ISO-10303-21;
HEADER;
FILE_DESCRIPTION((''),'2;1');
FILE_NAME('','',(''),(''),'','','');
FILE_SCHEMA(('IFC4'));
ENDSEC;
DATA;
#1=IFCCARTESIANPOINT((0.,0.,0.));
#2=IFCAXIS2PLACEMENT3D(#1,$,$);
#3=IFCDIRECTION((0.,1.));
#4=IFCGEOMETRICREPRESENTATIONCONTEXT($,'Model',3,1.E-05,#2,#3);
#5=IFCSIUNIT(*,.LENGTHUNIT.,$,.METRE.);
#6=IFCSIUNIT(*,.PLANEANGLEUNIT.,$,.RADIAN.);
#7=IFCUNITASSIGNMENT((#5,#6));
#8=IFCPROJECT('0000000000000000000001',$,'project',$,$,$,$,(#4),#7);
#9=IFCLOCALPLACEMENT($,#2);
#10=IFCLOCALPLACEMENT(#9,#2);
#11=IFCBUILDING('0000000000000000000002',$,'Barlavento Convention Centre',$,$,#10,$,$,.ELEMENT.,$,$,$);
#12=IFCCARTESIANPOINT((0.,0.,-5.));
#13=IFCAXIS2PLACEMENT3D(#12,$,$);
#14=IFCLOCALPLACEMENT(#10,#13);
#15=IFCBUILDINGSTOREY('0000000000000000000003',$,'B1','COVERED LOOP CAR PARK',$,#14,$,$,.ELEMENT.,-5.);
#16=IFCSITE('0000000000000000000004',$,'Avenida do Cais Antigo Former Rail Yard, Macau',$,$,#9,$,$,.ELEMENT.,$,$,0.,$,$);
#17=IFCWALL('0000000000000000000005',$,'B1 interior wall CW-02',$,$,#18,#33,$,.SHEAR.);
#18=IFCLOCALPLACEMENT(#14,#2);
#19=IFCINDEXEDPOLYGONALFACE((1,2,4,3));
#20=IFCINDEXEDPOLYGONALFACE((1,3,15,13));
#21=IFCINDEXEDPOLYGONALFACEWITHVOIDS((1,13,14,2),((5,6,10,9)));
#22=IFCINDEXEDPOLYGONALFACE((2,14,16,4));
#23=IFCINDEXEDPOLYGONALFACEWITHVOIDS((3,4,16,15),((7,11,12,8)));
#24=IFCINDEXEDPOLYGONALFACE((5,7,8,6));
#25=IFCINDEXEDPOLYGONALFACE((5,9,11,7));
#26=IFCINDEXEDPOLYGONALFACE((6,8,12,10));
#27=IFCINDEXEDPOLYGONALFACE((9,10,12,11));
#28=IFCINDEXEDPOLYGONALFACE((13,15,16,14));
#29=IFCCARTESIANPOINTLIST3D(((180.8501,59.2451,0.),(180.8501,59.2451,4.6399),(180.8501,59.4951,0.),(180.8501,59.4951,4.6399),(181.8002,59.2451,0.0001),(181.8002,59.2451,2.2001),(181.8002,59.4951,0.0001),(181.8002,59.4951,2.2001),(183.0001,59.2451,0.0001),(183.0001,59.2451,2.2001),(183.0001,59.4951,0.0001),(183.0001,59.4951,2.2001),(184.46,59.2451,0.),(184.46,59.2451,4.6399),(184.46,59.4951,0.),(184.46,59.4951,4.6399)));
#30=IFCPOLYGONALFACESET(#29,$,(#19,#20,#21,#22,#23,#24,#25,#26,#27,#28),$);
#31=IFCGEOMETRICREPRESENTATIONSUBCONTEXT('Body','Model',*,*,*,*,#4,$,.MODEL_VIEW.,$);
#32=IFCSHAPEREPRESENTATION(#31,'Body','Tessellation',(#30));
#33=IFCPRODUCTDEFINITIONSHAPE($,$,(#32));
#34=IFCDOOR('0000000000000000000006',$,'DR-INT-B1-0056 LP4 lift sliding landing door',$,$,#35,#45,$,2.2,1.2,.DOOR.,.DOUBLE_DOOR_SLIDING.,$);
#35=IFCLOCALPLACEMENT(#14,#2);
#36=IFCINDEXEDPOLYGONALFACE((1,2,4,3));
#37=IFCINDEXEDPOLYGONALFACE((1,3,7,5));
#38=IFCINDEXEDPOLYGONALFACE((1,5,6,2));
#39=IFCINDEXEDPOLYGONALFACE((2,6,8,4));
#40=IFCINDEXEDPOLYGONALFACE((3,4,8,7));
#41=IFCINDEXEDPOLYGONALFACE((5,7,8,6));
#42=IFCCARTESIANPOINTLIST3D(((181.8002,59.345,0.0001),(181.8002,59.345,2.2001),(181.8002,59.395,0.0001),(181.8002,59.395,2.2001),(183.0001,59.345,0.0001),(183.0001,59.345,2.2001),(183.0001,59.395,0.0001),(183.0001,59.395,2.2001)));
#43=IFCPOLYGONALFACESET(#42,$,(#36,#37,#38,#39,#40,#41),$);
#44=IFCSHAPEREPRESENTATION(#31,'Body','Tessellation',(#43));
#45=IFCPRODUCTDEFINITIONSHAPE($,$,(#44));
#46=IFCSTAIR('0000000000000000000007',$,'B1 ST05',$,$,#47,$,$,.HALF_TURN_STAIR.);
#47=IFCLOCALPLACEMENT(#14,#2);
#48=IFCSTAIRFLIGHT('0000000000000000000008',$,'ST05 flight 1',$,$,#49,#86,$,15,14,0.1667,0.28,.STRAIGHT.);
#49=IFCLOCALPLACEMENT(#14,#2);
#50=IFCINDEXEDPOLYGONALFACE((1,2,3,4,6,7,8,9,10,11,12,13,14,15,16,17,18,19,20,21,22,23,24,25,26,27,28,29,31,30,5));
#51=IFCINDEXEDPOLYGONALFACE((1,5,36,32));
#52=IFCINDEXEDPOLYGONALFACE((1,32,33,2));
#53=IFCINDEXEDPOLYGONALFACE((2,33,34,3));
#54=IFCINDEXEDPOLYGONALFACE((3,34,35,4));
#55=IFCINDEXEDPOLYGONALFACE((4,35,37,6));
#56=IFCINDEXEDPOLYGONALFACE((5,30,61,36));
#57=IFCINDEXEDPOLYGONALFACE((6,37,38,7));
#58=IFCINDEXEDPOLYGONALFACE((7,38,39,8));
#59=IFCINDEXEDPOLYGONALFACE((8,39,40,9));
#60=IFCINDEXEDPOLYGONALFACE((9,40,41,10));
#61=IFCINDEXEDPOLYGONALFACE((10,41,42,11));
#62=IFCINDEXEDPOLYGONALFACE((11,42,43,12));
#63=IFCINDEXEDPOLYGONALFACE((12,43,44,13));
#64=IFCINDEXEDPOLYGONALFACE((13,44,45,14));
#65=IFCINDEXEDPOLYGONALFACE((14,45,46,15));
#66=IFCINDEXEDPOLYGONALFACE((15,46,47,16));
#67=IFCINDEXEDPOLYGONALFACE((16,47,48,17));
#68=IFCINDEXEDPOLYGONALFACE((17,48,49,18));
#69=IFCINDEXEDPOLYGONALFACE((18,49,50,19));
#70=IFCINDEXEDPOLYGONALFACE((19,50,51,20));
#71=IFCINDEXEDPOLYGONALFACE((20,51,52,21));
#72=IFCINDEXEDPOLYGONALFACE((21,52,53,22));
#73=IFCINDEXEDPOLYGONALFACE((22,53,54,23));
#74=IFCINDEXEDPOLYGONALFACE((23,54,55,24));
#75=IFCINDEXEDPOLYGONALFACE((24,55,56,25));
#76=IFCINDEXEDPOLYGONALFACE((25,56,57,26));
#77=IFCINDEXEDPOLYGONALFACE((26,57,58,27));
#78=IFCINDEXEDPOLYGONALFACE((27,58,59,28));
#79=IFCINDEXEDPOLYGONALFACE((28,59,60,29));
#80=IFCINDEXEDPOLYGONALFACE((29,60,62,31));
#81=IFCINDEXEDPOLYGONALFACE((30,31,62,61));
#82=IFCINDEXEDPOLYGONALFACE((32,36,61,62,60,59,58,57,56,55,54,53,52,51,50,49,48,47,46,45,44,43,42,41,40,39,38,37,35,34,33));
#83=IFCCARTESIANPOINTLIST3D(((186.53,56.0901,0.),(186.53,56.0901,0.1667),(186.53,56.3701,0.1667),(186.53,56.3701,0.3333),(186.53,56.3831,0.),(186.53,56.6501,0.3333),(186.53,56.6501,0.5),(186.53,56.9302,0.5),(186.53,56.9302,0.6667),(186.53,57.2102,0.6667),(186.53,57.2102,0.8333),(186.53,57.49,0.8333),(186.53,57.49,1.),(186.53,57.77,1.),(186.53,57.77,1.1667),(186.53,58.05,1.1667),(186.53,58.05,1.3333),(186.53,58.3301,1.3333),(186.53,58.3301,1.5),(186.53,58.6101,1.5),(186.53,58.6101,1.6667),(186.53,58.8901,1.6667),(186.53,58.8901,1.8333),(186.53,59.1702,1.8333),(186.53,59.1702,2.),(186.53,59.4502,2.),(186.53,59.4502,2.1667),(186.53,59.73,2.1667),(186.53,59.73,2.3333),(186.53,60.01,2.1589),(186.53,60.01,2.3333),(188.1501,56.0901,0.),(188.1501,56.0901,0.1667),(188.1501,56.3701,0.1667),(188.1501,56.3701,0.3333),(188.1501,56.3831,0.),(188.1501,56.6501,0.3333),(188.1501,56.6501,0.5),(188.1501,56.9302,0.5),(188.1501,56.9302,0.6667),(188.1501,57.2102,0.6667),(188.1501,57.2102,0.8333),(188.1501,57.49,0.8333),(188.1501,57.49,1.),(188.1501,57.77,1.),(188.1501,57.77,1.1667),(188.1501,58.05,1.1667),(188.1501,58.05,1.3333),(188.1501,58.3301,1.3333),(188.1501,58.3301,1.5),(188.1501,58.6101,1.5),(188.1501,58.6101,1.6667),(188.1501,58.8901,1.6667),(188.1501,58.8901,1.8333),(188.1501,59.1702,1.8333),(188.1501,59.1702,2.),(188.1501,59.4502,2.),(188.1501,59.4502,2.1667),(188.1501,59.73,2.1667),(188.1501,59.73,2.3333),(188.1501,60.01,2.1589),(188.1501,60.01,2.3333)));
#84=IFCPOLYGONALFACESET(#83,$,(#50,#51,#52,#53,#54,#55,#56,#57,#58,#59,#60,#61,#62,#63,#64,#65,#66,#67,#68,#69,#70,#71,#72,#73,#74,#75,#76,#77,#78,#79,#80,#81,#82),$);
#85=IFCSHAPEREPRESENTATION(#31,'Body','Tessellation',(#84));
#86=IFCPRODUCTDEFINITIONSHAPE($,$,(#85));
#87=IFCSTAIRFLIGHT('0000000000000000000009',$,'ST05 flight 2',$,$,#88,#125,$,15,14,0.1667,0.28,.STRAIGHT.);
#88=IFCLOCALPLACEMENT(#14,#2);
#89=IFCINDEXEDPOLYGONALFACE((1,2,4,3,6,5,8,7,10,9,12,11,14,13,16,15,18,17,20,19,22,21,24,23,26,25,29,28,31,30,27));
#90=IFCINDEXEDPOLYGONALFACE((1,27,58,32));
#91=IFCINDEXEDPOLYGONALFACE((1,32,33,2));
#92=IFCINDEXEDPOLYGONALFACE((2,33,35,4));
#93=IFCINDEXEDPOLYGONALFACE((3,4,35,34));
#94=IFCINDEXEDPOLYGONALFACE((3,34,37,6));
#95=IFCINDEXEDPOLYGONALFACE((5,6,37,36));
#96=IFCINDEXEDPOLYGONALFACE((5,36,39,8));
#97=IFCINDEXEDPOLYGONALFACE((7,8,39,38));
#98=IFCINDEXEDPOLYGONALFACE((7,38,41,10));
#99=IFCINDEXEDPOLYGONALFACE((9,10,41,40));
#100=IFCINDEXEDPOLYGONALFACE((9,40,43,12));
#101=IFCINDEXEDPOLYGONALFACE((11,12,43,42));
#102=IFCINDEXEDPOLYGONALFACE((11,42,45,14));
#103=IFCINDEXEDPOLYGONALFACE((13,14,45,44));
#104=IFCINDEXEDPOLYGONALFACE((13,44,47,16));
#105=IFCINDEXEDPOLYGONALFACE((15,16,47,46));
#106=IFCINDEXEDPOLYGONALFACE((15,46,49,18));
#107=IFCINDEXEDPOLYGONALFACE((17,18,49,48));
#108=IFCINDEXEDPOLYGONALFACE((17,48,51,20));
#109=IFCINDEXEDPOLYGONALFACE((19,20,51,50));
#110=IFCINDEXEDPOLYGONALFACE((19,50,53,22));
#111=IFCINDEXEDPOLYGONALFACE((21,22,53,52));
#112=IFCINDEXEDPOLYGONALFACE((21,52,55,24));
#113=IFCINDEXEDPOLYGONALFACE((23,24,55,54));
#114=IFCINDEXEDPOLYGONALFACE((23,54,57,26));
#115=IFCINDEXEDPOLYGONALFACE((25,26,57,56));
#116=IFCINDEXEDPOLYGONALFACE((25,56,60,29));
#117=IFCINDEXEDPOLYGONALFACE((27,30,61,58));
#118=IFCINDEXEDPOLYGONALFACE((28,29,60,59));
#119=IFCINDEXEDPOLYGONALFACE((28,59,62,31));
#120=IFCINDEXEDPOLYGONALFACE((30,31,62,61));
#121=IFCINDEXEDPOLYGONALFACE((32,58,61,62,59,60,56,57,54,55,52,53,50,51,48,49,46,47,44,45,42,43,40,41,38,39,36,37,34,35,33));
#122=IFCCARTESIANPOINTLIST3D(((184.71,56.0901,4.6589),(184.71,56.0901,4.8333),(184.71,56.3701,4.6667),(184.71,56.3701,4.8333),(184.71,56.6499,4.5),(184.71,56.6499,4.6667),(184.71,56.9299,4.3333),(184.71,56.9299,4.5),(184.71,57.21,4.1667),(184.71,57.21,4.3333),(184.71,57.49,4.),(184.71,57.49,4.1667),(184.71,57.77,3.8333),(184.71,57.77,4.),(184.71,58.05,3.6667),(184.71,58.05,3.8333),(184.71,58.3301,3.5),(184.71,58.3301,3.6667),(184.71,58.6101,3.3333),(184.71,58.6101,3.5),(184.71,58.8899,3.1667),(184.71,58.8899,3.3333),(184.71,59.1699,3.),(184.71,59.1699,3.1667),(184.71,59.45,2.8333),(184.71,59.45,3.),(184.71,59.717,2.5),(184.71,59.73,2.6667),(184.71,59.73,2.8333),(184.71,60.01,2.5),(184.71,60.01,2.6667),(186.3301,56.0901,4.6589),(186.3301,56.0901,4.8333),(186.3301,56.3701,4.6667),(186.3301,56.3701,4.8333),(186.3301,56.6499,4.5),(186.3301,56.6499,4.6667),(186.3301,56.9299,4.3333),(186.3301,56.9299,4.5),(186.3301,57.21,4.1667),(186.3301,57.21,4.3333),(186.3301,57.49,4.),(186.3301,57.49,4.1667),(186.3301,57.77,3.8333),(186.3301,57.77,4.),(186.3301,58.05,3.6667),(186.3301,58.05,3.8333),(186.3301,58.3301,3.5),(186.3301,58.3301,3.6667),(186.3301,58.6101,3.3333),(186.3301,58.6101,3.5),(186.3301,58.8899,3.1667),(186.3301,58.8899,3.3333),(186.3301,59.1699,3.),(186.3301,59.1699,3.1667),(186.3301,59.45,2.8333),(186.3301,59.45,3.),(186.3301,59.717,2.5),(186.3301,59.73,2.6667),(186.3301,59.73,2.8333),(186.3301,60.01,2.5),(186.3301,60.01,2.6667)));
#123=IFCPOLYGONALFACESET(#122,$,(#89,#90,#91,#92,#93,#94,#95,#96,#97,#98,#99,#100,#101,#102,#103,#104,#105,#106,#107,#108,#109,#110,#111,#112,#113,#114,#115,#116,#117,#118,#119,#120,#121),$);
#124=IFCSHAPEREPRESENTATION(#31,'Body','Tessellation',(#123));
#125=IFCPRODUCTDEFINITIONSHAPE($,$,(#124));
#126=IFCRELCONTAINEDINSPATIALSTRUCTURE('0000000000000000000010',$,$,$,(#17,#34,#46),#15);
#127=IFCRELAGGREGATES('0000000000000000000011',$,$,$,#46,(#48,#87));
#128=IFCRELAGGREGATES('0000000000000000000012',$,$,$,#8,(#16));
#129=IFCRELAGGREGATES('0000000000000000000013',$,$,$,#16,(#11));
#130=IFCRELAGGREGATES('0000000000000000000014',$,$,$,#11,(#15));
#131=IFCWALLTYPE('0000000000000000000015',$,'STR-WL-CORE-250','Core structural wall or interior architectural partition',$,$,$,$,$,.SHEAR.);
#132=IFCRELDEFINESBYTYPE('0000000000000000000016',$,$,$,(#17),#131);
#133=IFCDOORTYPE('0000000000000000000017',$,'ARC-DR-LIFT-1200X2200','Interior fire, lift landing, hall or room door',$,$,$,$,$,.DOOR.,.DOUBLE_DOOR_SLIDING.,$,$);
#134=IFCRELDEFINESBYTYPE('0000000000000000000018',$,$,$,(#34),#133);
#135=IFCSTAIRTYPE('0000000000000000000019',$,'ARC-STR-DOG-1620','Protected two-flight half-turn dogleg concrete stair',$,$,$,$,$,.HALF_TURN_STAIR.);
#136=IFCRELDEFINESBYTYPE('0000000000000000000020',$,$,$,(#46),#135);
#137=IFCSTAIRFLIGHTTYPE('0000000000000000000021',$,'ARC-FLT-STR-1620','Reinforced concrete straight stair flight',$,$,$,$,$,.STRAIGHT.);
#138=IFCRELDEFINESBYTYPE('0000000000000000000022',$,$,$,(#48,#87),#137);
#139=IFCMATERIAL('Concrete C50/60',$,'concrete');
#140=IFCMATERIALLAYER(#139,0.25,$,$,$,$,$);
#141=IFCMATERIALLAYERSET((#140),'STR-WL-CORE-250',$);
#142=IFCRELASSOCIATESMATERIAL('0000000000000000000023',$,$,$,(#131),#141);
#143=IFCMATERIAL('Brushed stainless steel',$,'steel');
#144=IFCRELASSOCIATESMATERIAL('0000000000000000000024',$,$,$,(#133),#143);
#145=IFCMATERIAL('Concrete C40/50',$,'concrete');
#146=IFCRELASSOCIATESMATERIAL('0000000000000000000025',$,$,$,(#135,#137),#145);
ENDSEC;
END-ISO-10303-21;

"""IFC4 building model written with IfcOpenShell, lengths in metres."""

from ifc_helpers import new_model, si_unit, direction, frame, frame_2d, origin, place, context, subcontext, project, spatial, polyline, rectangle, outline, extrude, material, layer, layer_set, type_object, element, fill, aggregate, save


model = new_model("IFC4")

# Units and contexts
model_context = context("Model", 3, precision=1e-05, world=origin(), true_north=direction((0.0, 1.0)))
body_context = subcontext(model_context, "Body", "Model", "MODEL_VIEW")
ifc_project = project(units=[si_unit("LENGTHUNIT", "METRE"), si_unit("PLANEANGLEUNIT", "RADIAN")], contexts=[model_context])

# Site, building, storey
site_placement = place(None, origin())
site = spatial("IfcSite", under=ifc_project, at=site_placement, Name="Avenida do Cais Antigo Former Rail Yard, Macau", CompositionType="ELEMENT", RefElevation=0.0)
building_placement = place(site_placement, origin())
building = spatial("IfcBuilding", under=site, at=building_placement, Name="Barlavento Convention Centre", CompositionType="ELEMENT")
storey_placement = place(building_placement, frame((0.0, 0.0, -5.0)))
storey = spatial("IfcBuildingStorey", under=building, at=storey_placement, Name="B1", Description="COVERED LOOP CAR PARK", CompositionType="ELEMENT", Elevation=-5.0)

# Shared definitions
ifc_material_1 = material(Name="Concrete C40/50", Category="concrete")

# Shared definitions
ifc_material_2 = material(Name="Concrete C50/60", Category="concrete")

# Shared definitions
ifc_layer = layer(ifc_material_2, 0.25)
ifc_layer_set = layer_set([ifc_layer], Name="STR-WL-CORE-250")
wall_type = type_object("IfcWallType", Name="STR-WL-CORE-250", Description="Core structural wall or interior architectural partition", PredefinedType="SHEAR", material=ifc_layer_set)

# Wall, opening, door
wall_1_placement = place(storey_placement, frame((180.8501, 59.3701, 0.0), z_axis=(0.0, 0.0, 1.0), x_axis=(1.0, 0.0, 0.0)))
wall_1 = element("IfcWall", 1, at=wall_1_placement, inside=storey, type_object=wall_type, Name="B1 interior wall CW-02", PredefinedType="SHEAR", context=body_context, shape_type="SweptSolid", body=[
    extrude(rectangle(XDim=3.6099, YDim=0.25, at=frame_2d((1.8049, 0.0))), origin(), (0.0, 0.0, 1.0), 4.6399),
])
opening_1_placement = place(wall_1_placement, frame((0.95, 0.0, 0.0)))
opening_1 = element("IfcOpeningElement", 2, at=opening_1_placement, cuts=wall_1, PredefinedType="OPENING", context=body_context, shape_type="SweptSolid", body=[
    extrude(rectangle(XDim=1.2, YDim=2.2, at=frame_2d((0.6001, 1.1001))), frame((0.0, 0.135, 0.0), z_axis=(0.0, -1.0, 0.0), x_axis=(1.0, 0.0, 0.0)), (0.0, 0.0, 1.0), 0.27),
])
ifc_material_3 = material(Name="Brushed stainless steel", Category="steel")
door_type_1 = type_object("IfcDoorType", Name="ARC-DR-LIFT-1200X2200", Description="Interior fire, lift landing, hall or room door", OperationType="DOUBLE_DOOR_SLIDING", PredefinedType="DOOR", material=ifc_material_3)
door_1_placement = place(opening_1_placement, origin())
door_1 = element("IfcDoor", 3, at=door_1_placement, inside=storey, type_object=door_type_1, Name="DR-INT-B1-0056 LP4 lift sliding landing door", OperationType="DOUBLE_DOOR_SLIDING", OverallHeight=2.2, OverallWidth=1.2, PredefinedType="DOOR", context=body_context, shape_type="SweptSolid", body=[
    extrude(rectangle(XDim=1.2, YDim=2.2, at=frame_2d((0.6001, 1.1001))), frame((0.0, 0.0249, 0.0), z_axis=(0.0, -1.0, 0.0), x_axis=(1.0, 0.0, 0.0)), (0.0, 0.0, 1.0), 0.05),
])
fill(opening_1, door_1)

# Stair, stair flights
stair_type = type_object("IfcStairType", Name="ARC-STR-DOG-1620", Description="Protected two-flight half-turn dogleg concrete stair", PredefinedType="HALF_TURN_STAIR", material=ifc_material_1)
stair_placement = place(storey_placement, origin())
stair = element("IfcStair", 4, at=stair_placement, inside=storey, type_object=stair_type, Name="B1 ST05", PredefinedType="HALF_TURN_STAIR")
stair_flight_type = type_object("IfcStairFlightType", Name="ARC-FLT-STR-1620", Description="Reinforced concrete straight stair flight", PredefinedType="STRAIGHT", material=ifc_material_1)
stair_flight_1_placement = place(storey_placement, frame((187.3401, 56.0901, 0.0), z_axis=(0.0, 0.0, 1.0), x_axis=(0.0, 1.0, 0.0)))
stair_flight_1 = element("IfcStairFlight", 5, at=stair_flight_1_placement, type_object=stair_flight_type, Name="ST05 flight 1", NumberOfRisers=15, NumberOfTreads=14, PredefinedType="STRAIGHT", RiserHeight=0.1667, TreadLength=0.28, context=body_context, shape_type="SweptSolid", body=[
    extrude(outline(polyline([(0.0, 0.0), (0.0, 0.1667), (0.28, 0.1667), (0.28, 0.3333), (0.5601, 0.3333), (0.5601, 0.5), (0.8401, 0.5), (0.8401, 0.6667), (1.1201, 0.6667), (1.1201, 0.8333), (1.3999, 0.8333), (1.3999, 1.0), (1.6799, 1.0), (1.6799, 1.1667), (1.96, 1.1667), (1.96, 1.3333), (2.24, 1.3333), (2.24, 1.5), (2.52, 1.5), (2.52, 1.6667), (2.8, 1.6667), (2.8, 1.8333), (3.0801, 1.8333), (3.0801, 2.0), (3.3601, 2.0), (3.3601, 2.1667), (3.6399, 2.1667), (3.6399, 2.3333), (3.9199, 2.3333), (3.9199, 2.5), (3.9199, 2.1589), (0.293, 0.0), (0.0, 0.0)])), frame((0.0, 0.8101, 0.0), z_axis=(0.0, -1.0, 0.0), x_axis=(1.0, 0.0, 0.0)), (0.0, 0.0, 1.0), 1.6201),
])
stair_flight_2_placement = place(storey_placement, frame((185.52, 60.01, 2.5), z_axis=(0.0, 0.0, 1.0), x_axis=(0.0, -1.0, 0.0)))
stair_flight_2 = element("IfcStairFlight", 6, at=stair_flight_2_placement, type_object=stair_flight_type, Name="ST05 flight 2", NumberOfRisers=15, NumberOfTreads=14, PredefinedType="STRAIGHT", RiserHeight=0.1667, TreadLength=0.28, context=body_context, shape_type="SweptSolid", body=[
    extrude(outline(polyline([(0.0, 0.0), (0.0, 0.1667), (0.28, 0.1667), (0.28, 0.3333), (0.5601, 0.3333), (0.5601, 0.5), (0.8401, 0.5), (0.8401, 0.6667), (1.1201, 0.6667), (1.1201, 0.8333), (1.3999, 0.8333), (1.3999, 1.0), (1.6799, 1.0), (1.6799, 1.1667), (1.96, 1.1667), (1.96, 1.3333), (2.24, 1.3333), (2.24, 1.5), (2.52, 1.5), (2.52, 1.6667), (2.8, 1.6667), (2.8, 1.8333), (3.0801, 1.8333), (3.0801, 2.0), (3.3601, 2.0), (3.3601, 2.1667), (3.6399, 2.1667), (3.6399, 2.3333), (3.9199, 2.3333), (3.9199, 2.5), (3.9199, 2.1589), (0.293, 0.0), (0.0, 0.0)])), frame((0.0, 0.8101, 0.0), z_axis=(0.0, -1.0, 0.0), x_axis=(1.0, 0.0, 0.0)), (0.0, 0.0, 1.0), 1.6201),
])
aggregate(stair, [stair_flight_1, stair_flight_2])

save(model, "model.ifc")
